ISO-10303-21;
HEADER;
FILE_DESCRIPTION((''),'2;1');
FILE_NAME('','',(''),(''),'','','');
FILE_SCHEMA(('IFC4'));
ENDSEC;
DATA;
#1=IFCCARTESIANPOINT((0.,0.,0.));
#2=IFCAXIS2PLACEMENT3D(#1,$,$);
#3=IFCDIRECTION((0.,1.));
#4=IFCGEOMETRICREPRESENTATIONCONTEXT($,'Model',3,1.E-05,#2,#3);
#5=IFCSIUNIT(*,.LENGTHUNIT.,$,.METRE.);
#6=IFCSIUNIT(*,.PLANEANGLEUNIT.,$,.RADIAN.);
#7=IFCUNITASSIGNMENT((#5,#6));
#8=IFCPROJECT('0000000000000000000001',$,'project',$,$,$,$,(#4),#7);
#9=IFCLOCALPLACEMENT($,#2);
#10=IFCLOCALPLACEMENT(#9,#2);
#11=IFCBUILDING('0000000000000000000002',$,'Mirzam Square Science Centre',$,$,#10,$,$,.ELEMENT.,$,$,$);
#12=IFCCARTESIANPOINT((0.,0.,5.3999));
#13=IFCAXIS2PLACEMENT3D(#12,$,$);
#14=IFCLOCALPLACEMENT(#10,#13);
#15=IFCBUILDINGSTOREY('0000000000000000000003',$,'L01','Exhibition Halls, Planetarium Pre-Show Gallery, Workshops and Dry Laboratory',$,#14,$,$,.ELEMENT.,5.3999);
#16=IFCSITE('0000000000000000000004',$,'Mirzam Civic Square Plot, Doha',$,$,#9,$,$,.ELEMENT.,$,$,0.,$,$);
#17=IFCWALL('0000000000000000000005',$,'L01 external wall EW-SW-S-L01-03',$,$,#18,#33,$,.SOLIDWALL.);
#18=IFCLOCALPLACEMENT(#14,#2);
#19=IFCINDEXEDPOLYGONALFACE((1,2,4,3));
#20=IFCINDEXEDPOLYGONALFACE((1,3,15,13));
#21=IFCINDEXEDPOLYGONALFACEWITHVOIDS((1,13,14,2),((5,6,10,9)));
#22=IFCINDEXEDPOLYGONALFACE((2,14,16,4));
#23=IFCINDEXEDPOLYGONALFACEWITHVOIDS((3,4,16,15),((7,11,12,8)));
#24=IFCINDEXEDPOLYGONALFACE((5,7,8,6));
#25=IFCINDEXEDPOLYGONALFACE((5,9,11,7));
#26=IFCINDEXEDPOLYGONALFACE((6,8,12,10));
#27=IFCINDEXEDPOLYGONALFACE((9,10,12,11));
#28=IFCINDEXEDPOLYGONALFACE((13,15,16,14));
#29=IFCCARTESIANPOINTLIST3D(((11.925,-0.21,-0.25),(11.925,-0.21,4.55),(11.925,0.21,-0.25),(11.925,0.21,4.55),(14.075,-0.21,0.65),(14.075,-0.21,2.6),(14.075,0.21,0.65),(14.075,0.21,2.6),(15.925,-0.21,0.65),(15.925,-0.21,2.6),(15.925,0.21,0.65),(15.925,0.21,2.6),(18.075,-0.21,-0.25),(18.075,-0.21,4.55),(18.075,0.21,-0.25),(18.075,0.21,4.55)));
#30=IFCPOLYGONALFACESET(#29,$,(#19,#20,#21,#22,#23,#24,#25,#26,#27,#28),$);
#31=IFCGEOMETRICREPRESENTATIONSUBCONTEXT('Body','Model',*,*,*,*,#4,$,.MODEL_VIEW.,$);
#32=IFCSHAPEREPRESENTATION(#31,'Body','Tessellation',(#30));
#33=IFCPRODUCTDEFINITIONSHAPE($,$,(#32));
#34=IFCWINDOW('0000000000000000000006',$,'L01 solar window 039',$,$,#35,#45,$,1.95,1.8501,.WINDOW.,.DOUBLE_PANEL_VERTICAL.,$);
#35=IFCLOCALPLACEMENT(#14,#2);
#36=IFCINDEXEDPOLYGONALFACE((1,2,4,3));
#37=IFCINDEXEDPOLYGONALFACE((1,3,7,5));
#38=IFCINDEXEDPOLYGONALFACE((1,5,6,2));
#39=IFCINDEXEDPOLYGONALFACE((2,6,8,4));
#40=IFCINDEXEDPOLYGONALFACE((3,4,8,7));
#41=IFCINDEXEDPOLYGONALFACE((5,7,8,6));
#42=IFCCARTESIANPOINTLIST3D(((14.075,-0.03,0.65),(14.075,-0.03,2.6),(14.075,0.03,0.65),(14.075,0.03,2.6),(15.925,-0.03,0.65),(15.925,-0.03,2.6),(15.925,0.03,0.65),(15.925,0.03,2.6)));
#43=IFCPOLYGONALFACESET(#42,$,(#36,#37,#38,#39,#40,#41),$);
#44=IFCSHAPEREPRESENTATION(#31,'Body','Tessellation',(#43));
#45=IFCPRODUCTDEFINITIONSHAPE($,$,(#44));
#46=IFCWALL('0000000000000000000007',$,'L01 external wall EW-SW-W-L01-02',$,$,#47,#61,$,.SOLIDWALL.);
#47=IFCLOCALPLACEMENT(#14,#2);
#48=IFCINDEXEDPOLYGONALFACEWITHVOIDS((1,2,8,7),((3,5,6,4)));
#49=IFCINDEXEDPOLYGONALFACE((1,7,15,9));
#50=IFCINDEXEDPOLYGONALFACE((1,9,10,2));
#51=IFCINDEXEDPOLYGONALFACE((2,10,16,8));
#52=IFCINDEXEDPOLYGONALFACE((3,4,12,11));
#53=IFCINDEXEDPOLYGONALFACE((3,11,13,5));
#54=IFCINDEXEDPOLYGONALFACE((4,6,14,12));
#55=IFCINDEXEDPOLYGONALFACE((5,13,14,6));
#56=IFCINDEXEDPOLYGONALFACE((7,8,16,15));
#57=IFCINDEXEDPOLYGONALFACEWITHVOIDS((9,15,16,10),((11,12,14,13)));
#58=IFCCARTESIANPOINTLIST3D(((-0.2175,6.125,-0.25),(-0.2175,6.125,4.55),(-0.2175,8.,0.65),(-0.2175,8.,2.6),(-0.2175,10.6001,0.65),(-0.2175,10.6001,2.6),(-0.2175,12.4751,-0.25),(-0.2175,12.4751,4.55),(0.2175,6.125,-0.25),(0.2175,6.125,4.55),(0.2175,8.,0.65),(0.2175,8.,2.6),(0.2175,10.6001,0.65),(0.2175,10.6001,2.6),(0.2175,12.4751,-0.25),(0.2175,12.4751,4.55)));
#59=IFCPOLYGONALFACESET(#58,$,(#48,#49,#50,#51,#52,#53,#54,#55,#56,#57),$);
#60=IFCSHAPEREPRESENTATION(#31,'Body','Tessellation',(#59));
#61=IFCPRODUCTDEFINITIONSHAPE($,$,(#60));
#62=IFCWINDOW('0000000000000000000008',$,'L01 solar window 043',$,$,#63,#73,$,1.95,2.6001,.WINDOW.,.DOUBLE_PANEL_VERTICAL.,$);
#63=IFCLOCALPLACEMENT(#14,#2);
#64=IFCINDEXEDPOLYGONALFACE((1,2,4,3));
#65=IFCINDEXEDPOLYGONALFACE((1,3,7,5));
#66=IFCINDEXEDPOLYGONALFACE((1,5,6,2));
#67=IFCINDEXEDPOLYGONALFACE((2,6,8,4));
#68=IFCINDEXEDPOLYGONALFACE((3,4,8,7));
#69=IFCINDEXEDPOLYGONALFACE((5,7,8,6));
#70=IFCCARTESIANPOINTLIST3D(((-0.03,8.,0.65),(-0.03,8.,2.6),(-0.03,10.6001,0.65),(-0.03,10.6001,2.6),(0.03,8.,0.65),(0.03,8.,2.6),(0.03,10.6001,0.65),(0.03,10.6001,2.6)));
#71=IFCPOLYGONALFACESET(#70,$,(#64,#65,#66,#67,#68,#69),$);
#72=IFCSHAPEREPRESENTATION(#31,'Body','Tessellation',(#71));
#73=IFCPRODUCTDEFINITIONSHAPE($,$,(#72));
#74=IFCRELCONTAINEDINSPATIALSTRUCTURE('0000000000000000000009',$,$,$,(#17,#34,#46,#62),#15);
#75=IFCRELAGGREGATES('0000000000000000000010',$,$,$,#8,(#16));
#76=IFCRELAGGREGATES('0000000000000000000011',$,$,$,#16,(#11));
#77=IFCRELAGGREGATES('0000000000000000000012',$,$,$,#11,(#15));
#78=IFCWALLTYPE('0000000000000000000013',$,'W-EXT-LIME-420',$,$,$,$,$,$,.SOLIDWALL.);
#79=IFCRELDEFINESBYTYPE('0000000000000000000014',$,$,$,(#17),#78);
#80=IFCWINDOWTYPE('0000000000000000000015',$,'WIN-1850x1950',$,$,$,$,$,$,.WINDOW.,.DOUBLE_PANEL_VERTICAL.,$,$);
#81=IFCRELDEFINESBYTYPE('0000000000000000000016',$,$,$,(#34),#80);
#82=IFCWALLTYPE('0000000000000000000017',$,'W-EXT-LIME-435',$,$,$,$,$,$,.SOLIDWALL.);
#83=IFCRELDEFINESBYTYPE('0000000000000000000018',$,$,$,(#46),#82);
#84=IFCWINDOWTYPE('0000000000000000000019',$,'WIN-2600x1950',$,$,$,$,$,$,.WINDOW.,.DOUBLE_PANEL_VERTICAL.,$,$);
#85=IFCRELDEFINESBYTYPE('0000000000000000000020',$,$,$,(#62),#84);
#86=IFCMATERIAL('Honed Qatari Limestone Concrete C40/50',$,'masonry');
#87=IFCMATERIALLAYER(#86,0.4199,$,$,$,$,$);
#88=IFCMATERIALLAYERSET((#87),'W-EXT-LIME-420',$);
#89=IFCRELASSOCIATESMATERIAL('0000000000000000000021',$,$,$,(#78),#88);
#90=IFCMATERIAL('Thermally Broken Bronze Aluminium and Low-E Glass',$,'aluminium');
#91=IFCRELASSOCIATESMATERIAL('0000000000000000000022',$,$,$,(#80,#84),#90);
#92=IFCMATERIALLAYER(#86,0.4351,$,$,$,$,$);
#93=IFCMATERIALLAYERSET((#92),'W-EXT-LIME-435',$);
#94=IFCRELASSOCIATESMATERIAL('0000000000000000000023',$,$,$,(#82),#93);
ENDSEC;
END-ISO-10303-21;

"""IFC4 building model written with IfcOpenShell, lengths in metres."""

from ifc_helpers import new_model, si_unit, direction, frame, frame_2d, origin, place, context, subcontext, project, spatial, rectangle, extrude, material, layer, layer_set, type_object, element, fill, save


model = new_model("IFC4")

# Units and contexts
model_context = context("Model", 3, precision=1e-05, world=origin(), true_north=direction((0.0, 1.0)))
body_context = subcontext(model_context, "Body", "Model", "MODEL_VIEW")
ifc_project = project(units=[si_unit("LENGTHUNIT", "METRE"), si_unit("PLANEANGLEUNIT", "RADIAN")], contexts=[model_context])

# Site, building, storey
site_placement = place(None, origin())
site = spatial("IfcSite", under=ifc_project, at=site_placement, Name="Mirzam Civic Square Plot, Doha", CompositionType="ELEMENT", RefElevation=0.0)
building_placement = place(site_placement, origin())
building = spatial("IfcBuilding", under=site, at=building_placement, Name="Mirzam Square Science Centre", CompositionType="ELEMENT")
storey_placement = place(building_placement, frame((0.0, 0.0, 5.3999)))
storey = spatial("IfcBuildingStorey", under=building, at=storey_placement, Name="L01", Description="Exhibition Halls, Planetarium Pre-Show Gallery, Workshops and Dry Laboratory", CompositionType="ELEMENT", Elevation=5.3999)

# Walls, openings, windows
ifc_material_1 = material(Name="Honed Qatari Limestone Concrete C40/50", Category="masonry")
ifc_layer_1 = layer(ifc_material_1, 0.4199)
ifc_layer_set_1 = layer_set([ifc_layer_1], Name="W-EXT-LIME-420")
wall_type_1 = type_object("IfcWallType", Name="W-EXT-LIME-420", PredefinedType="SOLIDWALL", material=ifc_layer_set_1)
ifc_material_2 = material(Name="Thermally Broken Bronze Aluminium and Low-E Glass", Category="aluminium")
wall_1_placement = place(storey_placement, frame((11.925, 0.0, -0.25), z_axis=(0.0, 0.0, 1.0), x_axis=(1.0, 0.0, 0.0)))
wall_1 = element("IfcWall", 1, at=wall_1_placement, inside=storey, type_object=wall_type_1, Name="L01 external wall EW-SW-S-L01-03", PredefinedType="SOLIDWALL", context=body_context, shape_type="SweptSolid", body=[
    extrude(rectangle(XDim=6.1499, YDim=0.4199, at=frame_2d((3.075, 0.0))), origin(), (0.0, 0.0, 1.0), 4.8),
])
opening_1_placement = place(wall_1_placement, frame((2.1499, 0.0, 0.8999)))
opening_1 = element("IfcOpeningElement", 2, at=opening_1_placement, cuts=wall_1, PredefinedType="OPENING", context=body_context, shape_type="SweptSolid", body=[
    extrude(rectangle(XDim=1.8501, YDim=1.95, at=frame_2d((0.925, 0.9751))), frame((0.0, 0.22, 0.0), z_axis=(0.0, -1.0, 0.0), x_axis=(1.0, 0.0, 0.0)), (0.0, 0.0, 1.0), 0.4399),
])
window_type_1 = type_object("IfcWindowType", Name="WIN-1850x1950", PartitioningType="DOUBLE_PANEL_VERTICAL", PredefinedType="WINDOW", material=ifc_material_2)
window_1_placement = place(opening_1_placement, origin())
window_1 = element("IfcWindow", 3, at=window_1_placement, inside=storey, type_object=window_type_1, Name="L01 solar window 039", OverallHeight=1.95, OverallWidth=1.8501, PartitioningType="DOUBLE_PANEL_VERTICAL", PredefinedType="WINDOW", context=body_context, shape_type="SweptSolid", body=[
    extrude(rectangle(XDim=1.8501, YDim=1.95, at=frame_2d((0.925, 0.9751))), frame((0.0, 0.03, 0.0), z_axis=(0.0, -1.0, 0.0), x_axis=(1.0, 0.0, 0.0)), (0.0, 0.0, 1.0), 0.0601),
])
fill(opening_1, window_1)
ifc_layer_2 = layer(ifc_material_1, 0.4351)
ifc_layer_set_2 = layer_set([ifc_layer_2], Name="W-EXT-LIME-435")
wall_type_2 = type_object("IfcWallType", Name="W-EXT-LIME-435", PredefinedType="SOLIDWALL", material=ifc_layer_set_2)
wall_2_placement = place(storey_placement, frame((0.0, 12.4751, -0.25), z_axis=(0.0, 0.0, 1.0), x_axis=(0.0, -1.0, 0.0)))
wall_2 = element("IfcWall", 4, at=wall_2_placement, inside=storey, type_object=wall_type_2, Name="L01 external wall EW-SW-W-L01-02", PredefinedType="SOLIDWALL", context=body_context, shape_type="SweptSolid", body=[
    extrude(rectangle(XDim=6.3501, YDim=0.4351, at=frame_2d((3.175, 0.0))), origin(), (0.0, 0.0, 1.0), 4.8),
])
opening_2_placement = place(wall_2_placement, frame((1.875, 0.0, 0.8999)))
opening_2 = element("IfcOpeningElement", 5, at=opening_2_placement, cuts=wall_2, PredefinedType="OPENING", context=body_context, shape_type="SweptSolid", body=[
    extrude(rectangle(XDim=2.6001, YDim=1.95, at=frame_2d((1.3, 0.9751))), frame((0.0, 0.2275, 0.0), z_axis=(0.0, -1.0, 0.0), x_axis=(1.0, 0.0, 0.0)), (0.0, 0.0, 1.0), 0.4551),
])
window_type_2 = type_object("IfcWindowType", Name="WIN-2600x1950", PartitioningType="DOUBLE_PANEL_VERTICAL", PredefinedType="WINDOW", material=ifc_material_2)
window_2_placement = place(opening_2_placement, origin())
window_2 = element("IfcWindow", 6, at=window_2_placement, inside=storey, type_object=window_type_2, Name="L01 solar window 043", OverallHeight=1.95, OverallWidth=2.6001, PartitioningType="DOUBLE_PANEL_VERTICAL", PredefinedType="WINDOW", context=body_context, shape_type="SweptSolid", body=[
    extrude(rectangle(XDim=2.6001, YDim=1.95, at=frame_2d((1.3, 0.9751))), frame((0.0, 0.03, 0.0), z_axis=(0.0, -1.0, 0.0), x_axis=(1.0, 0.0, 0.0)), (0.0, 0.0, 1.0), 0.0601),
])
fill(opening_2, window_2)

save(model, "model.ifc")
